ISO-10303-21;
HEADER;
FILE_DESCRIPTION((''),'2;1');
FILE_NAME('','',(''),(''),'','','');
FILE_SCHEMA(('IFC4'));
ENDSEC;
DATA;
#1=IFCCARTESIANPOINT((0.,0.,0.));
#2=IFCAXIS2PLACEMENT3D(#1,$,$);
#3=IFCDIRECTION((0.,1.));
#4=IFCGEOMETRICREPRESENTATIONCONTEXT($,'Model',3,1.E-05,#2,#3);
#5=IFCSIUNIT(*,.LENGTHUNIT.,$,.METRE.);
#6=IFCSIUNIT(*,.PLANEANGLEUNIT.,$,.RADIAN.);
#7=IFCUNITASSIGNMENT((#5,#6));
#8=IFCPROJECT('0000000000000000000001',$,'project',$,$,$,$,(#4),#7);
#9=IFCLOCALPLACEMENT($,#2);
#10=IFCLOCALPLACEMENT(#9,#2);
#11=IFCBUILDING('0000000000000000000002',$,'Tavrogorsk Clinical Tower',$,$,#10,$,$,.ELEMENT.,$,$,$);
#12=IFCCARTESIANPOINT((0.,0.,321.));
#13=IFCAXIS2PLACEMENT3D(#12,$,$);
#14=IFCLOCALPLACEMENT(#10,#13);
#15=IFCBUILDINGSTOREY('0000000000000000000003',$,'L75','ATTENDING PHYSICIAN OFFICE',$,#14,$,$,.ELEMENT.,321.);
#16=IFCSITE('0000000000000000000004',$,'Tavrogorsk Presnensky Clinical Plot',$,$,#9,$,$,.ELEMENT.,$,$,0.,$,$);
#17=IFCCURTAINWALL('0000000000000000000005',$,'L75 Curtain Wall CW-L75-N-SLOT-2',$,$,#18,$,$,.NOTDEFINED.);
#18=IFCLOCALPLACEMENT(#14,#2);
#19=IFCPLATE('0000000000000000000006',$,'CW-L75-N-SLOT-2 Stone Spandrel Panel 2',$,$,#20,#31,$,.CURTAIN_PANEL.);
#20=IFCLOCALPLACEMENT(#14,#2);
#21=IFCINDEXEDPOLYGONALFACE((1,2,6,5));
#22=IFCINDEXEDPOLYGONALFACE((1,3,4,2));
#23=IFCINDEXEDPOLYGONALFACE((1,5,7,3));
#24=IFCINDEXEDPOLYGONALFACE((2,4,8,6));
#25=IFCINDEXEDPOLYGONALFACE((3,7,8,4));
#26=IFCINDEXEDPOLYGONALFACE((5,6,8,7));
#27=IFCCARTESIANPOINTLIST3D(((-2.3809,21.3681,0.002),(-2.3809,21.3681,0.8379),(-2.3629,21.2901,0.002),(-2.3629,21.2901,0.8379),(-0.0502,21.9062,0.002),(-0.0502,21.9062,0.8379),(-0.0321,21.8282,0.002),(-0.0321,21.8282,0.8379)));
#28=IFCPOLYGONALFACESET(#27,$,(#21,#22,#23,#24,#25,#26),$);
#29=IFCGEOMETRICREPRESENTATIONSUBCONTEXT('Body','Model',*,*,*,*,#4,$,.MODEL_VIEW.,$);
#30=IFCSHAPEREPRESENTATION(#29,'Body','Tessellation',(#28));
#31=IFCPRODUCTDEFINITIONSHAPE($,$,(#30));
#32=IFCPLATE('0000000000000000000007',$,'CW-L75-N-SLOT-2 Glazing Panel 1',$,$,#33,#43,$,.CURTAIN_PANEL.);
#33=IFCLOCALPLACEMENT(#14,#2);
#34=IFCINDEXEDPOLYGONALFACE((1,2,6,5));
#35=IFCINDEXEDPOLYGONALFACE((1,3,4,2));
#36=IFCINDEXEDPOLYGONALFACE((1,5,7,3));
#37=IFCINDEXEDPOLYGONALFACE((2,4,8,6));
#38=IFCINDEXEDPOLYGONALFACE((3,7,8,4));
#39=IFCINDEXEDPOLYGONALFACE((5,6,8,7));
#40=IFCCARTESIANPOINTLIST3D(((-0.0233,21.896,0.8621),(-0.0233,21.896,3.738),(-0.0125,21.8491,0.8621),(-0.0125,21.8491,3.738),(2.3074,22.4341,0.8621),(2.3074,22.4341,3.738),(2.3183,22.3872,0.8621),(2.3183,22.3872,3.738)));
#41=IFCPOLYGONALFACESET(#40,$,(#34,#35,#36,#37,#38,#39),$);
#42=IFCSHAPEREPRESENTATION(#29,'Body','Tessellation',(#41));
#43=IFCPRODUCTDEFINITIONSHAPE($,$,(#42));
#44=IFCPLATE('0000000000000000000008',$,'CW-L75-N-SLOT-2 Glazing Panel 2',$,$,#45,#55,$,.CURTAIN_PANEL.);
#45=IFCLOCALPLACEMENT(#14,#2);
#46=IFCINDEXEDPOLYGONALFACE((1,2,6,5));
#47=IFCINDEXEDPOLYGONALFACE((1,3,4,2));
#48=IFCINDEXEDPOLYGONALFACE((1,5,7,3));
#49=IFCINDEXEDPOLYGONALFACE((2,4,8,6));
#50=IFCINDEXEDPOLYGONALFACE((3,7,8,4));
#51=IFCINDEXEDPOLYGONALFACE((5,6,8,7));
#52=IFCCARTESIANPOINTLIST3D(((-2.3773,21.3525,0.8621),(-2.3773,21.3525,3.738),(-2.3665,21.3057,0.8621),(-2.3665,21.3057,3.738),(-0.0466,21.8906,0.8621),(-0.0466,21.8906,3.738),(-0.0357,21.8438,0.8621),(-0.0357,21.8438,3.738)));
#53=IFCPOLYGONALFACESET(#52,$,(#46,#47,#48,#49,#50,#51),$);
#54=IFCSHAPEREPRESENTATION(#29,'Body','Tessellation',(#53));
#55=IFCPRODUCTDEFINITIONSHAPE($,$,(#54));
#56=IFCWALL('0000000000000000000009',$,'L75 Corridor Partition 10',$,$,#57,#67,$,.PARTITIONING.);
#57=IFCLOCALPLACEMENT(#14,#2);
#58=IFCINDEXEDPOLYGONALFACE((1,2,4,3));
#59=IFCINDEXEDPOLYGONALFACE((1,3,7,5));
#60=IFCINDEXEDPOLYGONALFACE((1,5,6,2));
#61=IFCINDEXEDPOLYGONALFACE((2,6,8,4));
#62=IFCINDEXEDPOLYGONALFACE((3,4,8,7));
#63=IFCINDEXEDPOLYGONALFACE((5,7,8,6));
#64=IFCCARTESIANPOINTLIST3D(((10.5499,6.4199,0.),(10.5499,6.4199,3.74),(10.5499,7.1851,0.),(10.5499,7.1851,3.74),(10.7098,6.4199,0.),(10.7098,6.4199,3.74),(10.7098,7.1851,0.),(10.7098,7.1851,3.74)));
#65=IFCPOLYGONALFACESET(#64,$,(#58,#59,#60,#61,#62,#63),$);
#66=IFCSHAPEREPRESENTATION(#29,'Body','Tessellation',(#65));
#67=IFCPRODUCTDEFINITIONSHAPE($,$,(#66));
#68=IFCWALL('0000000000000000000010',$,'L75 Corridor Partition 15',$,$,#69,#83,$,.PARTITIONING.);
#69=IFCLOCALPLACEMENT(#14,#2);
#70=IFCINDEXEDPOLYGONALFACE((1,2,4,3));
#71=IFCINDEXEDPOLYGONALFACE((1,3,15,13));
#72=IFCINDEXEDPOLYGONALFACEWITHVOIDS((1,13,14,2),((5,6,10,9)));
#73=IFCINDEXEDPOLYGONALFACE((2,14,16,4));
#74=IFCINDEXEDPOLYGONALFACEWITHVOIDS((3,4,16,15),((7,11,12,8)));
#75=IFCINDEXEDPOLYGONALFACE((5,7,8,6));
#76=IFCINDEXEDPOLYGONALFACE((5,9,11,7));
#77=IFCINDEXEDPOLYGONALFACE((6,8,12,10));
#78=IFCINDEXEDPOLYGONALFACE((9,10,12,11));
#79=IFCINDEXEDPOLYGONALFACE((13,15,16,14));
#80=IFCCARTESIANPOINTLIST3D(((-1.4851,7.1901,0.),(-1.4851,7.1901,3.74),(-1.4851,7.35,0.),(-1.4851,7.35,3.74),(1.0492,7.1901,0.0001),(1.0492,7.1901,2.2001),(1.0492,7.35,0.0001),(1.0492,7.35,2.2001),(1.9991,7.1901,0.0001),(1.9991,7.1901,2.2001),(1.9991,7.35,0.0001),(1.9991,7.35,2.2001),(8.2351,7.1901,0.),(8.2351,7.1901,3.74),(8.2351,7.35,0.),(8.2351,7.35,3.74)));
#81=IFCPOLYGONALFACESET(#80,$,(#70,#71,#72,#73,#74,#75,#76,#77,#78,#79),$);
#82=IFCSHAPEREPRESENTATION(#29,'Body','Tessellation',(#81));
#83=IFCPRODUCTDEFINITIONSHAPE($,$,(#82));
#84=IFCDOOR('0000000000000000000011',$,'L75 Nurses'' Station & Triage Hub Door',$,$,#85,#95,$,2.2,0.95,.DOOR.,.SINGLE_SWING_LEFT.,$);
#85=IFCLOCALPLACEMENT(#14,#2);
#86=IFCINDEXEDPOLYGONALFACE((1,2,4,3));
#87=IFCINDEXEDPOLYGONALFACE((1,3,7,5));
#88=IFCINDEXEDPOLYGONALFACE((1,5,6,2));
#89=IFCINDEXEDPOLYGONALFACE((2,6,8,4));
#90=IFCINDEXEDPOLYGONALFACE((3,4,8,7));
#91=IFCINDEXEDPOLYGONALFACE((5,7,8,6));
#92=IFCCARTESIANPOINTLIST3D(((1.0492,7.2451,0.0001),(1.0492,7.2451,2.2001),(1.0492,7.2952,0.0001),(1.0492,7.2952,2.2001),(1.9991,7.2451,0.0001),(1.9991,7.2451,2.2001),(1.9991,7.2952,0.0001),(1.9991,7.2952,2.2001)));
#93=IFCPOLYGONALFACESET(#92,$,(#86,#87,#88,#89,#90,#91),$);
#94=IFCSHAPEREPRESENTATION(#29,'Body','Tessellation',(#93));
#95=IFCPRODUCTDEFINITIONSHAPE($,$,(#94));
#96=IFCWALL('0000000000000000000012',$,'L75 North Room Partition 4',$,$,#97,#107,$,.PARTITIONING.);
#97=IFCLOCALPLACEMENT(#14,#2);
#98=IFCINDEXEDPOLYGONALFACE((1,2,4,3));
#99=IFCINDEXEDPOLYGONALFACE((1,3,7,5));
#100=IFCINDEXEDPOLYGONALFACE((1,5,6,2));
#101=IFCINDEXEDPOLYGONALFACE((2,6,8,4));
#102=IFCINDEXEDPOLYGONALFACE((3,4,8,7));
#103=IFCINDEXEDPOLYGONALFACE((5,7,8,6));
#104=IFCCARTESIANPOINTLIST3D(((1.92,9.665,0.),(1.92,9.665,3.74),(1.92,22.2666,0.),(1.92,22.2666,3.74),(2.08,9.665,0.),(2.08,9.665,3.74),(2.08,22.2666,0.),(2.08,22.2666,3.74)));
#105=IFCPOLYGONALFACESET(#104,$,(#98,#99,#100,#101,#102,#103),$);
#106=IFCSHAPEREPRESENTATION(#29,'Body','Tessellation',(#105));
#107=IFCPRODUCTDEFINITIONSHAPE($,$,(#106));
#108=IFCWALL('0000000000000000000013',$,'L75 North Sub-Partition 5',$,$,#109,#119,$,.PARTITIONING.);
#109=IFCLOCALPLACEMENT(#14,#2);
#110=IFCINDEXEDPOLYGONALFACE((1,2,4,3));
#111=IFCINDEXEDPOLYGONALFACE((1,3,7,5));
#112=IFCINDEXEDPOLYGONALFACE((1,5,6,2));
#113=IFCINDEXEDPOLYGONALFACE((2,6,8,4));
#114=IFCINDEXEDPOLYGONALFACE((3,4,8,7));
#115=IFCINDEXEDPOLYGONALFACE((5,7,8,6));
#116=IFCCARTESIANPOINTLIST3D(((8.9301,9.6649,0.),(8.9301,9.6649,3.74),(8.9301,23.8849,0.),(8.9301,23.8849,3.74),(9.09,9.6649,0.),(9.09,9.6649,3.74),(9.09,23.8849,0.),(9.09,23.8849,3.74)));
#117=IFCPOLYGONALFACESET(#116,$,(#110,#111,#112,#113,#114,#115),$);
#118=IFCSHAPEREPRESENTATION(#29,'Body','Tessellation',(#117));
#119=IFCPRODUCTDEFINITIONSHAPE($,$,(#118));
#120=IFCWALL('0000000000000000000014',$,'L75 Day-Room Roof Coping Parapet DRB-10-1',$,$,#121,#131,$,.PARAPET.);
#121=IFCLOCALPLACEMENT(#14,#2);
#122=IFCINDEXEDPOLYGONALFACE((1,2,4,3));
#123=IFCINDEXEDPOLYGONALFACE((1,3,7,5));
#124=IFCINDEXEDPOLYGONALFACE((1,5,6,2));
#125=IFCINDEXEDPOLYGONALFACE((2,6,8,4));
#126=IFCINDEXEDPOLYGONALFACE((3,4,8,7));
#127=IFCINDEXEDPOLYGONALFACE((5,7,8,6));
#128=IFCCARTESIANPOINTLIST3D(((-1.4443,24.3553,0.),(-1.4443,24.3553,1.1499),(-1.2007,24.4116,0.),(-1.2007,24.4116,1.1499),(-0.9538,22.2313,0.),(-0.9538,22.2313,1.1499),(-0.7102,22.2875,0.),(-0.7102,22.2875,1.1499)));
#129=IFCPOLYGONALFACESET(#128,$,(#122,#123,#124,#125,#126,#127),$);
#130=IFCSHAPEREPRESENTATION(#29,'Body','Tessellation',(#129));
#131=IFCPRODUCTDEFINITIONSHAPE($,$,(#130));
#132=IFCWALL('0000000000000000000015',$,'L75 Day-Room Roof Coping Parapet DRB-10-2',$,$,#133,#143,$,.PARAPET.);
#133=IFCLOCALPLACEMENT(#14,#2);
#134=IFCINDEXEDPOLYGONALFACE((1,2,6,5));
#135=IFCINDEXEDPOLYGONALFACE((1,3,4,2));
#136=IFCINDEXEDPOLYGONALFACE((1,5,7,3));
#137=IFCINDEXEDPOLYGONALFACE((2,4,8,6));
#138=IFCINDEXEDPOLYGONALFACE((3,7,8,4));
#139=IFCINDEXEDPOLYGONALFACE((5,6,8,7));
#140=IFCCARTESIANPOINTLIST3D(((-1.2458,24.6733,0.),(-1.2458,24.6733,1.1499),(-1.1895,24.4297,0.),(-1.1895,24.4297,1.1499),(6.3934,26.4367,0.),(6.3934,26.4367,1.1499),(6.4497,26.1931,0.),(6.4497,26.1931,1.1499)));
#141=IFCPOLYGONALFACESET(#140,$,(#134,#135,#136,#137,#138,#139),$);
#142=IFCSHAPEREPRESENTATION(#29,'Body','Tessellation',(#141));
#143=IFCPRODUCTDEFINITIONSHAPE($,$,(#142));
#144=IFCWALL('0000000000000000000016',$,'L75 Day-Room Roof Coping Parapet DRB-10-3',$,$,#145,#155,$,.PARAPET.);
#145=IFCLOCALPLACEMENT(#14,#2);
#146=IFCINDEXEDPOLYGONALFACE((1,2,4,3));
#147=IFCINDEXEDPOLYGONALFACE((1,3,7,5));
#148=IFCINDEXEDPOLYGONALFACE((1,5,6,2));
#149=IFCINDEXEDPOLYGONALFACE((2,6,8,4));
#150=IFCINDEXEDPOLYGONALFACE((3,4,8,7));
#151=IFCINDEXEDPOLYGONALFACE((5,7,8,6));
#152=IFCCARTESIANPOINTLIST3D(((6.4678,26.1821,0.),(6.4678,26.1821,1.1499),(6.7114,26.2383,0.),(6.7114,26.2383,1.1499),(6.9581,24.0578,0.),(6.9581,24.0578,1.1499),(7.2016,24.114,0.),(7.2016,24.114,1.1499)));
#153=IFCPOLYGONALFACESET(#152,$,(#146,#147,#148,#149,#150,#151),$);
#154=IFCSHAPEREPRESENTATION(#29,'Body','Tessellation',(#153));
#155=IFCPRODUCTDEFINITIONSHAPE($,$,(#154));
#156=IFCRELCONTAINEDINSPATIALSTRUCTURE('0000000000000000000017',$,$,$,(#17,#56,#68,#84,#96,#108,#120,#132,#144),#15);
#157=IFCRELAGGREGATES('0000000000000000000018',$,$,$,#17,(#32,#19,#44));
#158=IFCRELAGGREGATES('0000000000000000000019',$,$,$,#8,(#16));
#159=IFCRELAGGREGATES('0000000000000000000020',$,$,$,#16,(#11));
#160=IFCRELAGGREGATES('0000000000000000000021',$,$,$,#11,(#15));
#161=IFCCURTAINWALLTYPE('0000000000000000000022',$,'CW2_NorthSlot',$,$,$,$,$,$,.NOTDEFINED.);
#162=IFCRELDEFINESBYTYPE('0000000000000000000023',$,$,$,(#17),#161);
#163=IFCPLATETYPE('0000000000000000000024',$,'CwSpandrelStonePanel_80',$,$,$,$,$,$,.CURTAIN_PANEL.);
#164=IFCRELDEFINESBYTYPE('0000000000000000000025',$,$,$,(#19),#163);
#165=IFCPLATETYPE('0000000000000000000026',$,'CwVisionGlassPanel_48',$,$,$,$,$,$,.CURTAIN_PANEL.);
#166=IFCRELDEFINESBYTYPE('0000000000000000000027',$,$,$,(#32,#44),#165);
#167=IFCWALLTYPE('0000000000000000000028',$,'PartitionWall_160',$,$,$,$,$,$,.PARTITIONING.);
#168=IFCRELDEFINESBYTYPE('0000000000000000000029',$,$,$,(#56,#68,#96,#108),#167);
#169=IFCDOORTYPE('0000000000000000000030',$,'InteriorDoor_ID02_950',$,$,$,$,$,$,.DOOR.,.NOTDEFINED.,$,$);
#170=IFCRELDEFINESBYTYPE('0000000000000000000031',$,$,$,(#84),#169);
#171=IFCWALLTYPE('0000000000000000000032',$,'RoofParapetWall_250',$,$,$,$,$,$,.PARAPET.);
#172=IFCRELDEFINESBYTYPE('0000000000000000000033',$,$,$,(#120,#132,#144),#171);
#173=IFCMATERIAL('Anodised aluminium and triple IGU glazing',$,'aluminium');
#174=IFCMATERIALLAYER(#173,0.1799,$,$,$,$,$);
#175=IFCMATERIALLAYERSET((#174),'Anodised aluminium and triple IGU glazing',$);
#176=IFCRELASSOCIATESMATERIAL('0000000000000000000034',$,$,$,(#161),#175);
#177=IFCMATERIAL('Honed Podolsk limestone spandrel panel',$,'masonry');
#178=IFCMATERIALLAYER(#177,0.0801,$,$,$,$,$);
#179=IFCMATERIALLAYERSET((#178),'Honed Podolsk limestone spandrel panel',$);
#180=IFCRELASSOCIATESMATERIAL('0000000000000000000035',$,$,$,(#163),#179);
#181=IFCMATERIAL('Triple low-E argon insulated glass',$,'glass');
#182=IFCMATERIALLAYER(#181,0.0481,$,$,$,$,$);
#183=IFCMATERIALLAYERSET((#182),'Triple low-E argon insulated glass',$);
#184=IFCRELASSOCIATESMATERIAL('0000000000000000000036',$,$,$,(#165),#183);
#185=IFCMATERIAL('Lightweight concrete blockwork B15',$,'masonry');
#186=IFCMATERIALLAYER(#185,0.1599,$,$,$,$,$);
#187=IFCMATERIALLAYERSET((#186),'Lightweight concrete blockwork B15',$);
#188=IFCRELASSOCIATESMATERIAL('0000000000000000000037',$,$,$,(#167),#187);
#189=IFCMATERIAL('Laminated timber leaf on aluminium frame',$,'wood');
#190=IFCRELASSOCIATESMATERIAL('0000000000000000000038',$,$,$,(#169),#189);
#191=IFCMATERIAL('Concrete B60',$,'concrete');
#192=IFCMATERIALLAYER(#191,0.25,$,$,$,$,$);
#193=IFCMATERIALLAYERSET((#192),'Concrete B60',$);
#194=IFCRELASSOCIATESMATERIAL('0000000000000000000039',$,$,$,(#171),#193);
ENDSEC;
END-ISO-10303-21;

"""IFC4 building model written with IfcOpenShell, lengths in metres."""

from ifc_helpers import new_model, si_unit, direction, frame, frame_2d, origin, origin_2d, place, context, subcontext, project, spatial, rectangle, extrude, material, layer, layer_set, type_object, element, fill, aggregate, save


model = new_model("IFC4")

# Units and contexts
model_context = context("Model", 3, precision=1e-05, world=origin(), true_north=direction((0.0, 1.0)))
body_context = subcontext(model_context, "Body", "Model", "MODEL_VIEW")
ifc_project = project(units=[si_unit("LENGTHUNIT", "METRE"), si_unit("PLANEANGLEUNIT", "RADIAN")], contexts=[model_context])

# Site, building, storey
site_placement = place(None, origin())
site = spatial("IfcSite", under=ifc_project, at=site_placement, Name="Tavrogorsk Presnensky Clinical Plot", CompositionType="ELEMENT", RefElevation=0.0)
building_placement = place(site_placement, origin())
building = spatial("IfcBuilding", under=site, at=building_placement, Name="Tavrogorsk Clinical Tower", CompositionType="ELEMENT")
storey_placement = place(building_placement, frame((0.0, 0.0, 321.0)))
storey = spatial("IfcBuildingStorey", under=building, at=storey_placement, Name="L75", Description="ATTENDING PHYSICIAN OFFICE", CompositionType="ELEMENT", Elevation=321.0)

# Curtain wall
ifc_material_1 = material(Name="Anodised aluminium and triple IGU glazing", Category="aluminium")
ifc_layer_1 = layer(ifc_material_1, 0.1799)
ifc_layer_set_1 = layer_set([ifc_layer_1], Name="Anodised aluminium and triple IGU glazing")
curtain_wall_type = type_object("IfcCurtainWallType", Name="CW2_NorthSlot", PredefinedType="NOTDEFINED", material=ifc_layer_set_1)
curtain_wall_placement = place(storey_placement, origin())
curtain_wall = element("IfcCurtainWall", 1, at=curtain_wall_placement, inside=storey, type_object=curtain_wall_type, Name="L75 Curtain Wall CW-L75-N-SLOT-2", PredefinedType="NOTDEFINED")

# Plates
ifc_material_2 = material(Name="Honed Podolsk limestone spandrel panel", Category="masonry")
ifc_layer_2 = layer(ifc_material_2, 0.0801)
ifc_layer_set_2 = layer_set([ifc_layer_2], Name="Honed Podolsk limestone spandrel panel")
plate_type_1 = type_object("IfcPlateType", Name="CwSpandrelStonePanel_80", PredefinedType="CURTAIN_PANEL", material=ifc_layer_set_2)
plate_1_placement = place(storey_placement, frame((-1.2065, 21.5981, 0.002), z_axis=(0.0, 0.0, 1.0), x_axis=(-0.97437, -0.224951, 0.0)))
plate_1 = element("IfcPlate", 2, at=plate_1_placement, type_object=plate_type_1, Name="CW-L75-N-SLOT-2 Stone Spandrel Panel 2", PredefinedType="CURTAIN_PANEL", context=body_context, shape_type="SweptSolid", body=[
    extrude(rectangle(XDim=2.3921, YDim=0.0801, at=origin_2d()), origin(), (0.0, 0.0, 1.0), 0.8359),
])
ifc_material_3 = material(Name="Triple low-E argon insulated glass", Category="glass")
ifc_layer_3 = layer(ifc_material_3, 0.0481)
ifc_layer_set_3 = layer_set([ifc_layer_3], Name="Triple low-E argon insulated glass")
plate_type_2 = type_object("IfcPlateType", Name="CwVisionGlassPanel_48", PredefinedType="CURTAIN_PANEL", material=ifc_layer_set_3)
plate_2_placement = place(storey_placement, frame((1.1475, 22.1416, 0.8621), z_axis=(0.0, 0.0, 1.0), x_axis=(-0.97437, -0.224951, 0.0)))
plate_2 = element("IfcPlate", 3, at=plate_2_placement, type_object=plate_type_2, Name="CW-L75-N-SLOT-2 Glazing Panel 1", PredefinedType="CURTAIN_PANEL", context=body_context, shape_type="SweptSolid", body=[
    extrude(rectangle(XDim=2.3921, YDim=0.0481, at=origin_2d()), origin(), (0.0, 0.0, 1.0), 2.876),
])
plate_3_placement = place(storey_placement, frame((-1.2065, 21.5981, 0.8621), z_axis=(0.0, 0.0, 1.0), x_axis=(-0.97437, -0.224951, 0.0)))
plate_3 = element("IfcPlate", 4, at=plate_3_placement, type_object=plate_type_2, Name="CW-L75-N-SLOT-2 Glazing Panel 2", PredefinedType="CURTAIN_PANEL", context=body_context, shape_type="SweptSolid", body=[
    extrude(rectangle(XDim=2.3921, YDim=0.0481, at=origin_2d()), origin(), (0.0, 0.0, 1.0), 2.876),
])
aggregate(curtain_wall, [plate_2, plate_1, plate_3])

# Wall
ifc_material_4 = material(Name="Lightweight concrete blockwork B15", Category="masonry")
ifc_layer_4 = layer(ifc_material_4, 0.1599)
ifc_layer_set_4 = layer_set([ifc_layer_4], Name="Lightweight concrete blockwork B15")
wall_type_1 = type_object("IfcWallType", Name="PartitionWall_160", PredefinedType="PARTITIONING", material=ifc_layer_set_4)
wall_1_placement = place(storey_placement, frame((10.6299, 7.1851, 0.0), z_axis=(0.0, 0.0, 1.0), x_axis=(0.0, -1.0, 0.0)))
element("IfcWall", 5, at=wall_1_placement, inside=storey, type_object=wall_type_1, Name="L75 Corridor Partition 10", PredefinedType="PARTITIONING", context=body_context, shape_type="SweptSolid", body=[
    extrude(rectangle(XDim=0.7651, YDim=0.1599, at=frame_2d((0.3826, 0.0))), origin(), (0.0, 0.0, 1.0), 3.74),
])

# Wall, opening, door
wall_2_placement = place(storey_placement, frame((8.2351, 7.27, 0.0), z_axis=(0.0, 0.0, 1.0), x_axis=(-1.0, 0.0, 0.0)))
wall_2 = element("IfcWall", 6, at=wall_2_placement, inside=storey, type_object=wall_type_1, Name="L75 Corridor Partition 15", PredefinedType="PARTITIONING", context=body_context, shape_type="SweptSolid", body=[
    extrude(rectangle(XDim=9.7202, YDim=0.1599, at=frame_2d((4.8601, 0.0))), origin(), (0.0, 0.0, 1.0), 3.74),
])
opening_placement = place(wall_2_placement, frame((6.2358, 0.0, 0.0)))
opening = element("IfcOpeningElement", 7, at=opening_placement, cuts=wall_2, PredefinedType="OPENING", context=body_context, shape_type="SweptSolid", body=[
    extrude(rectangle(XDim=0.95, YDim=2.2, at=frame_2d((0.4751, 1.1001))), frame((0.0, 0.0898, 0.0), z_axis=(0.0, -1.0, 0.0), x_axis=(1.0, 0.0, 0.0)), (0.0, 0.0, 1.0), 0.1799),
])
ifc_material_5 = material(Name="Laminated timber leaf on aluminium frame", Category="wood")
door_type = type_object("IfcDoorType", Name="InteriorDoor_ID02_950", OperationType="NOTDEFINED", PredefinedType="DOOR", material=ifc_material_5)
door_placement = place(opening_placement, origin())
door = element("IfcDoor", 8, at=door_placement, inside=storey, type_object=door_type, Name="L75 Nurses' Station & Triage Hub Door", OperationType="SINGLE_SWING_LEFT", OverallHeight=2.2, OverallWidth=0.95, PredefinedType="DOOR", context=body_context, shape_type="SweptSolid", body=[
    extrude(rectangle(XDim=0.95, YDim=2.2, at=frame_2d((0.4751, 1.1001))), frame((0.0, 0.0249, 0.0), z_axis=(0.0, -1.0, 0.0), x_axis=(1.0, 0.0, 0.0)), (0.0, 0.0, 1.0), 0.05),
])
fill(opening, door)

# Walls
wall_3_placement = place(storey_placement, frame((2.0, 9.665, 0.0), z_axis=(0.0, 0.0, 1.0), x_axis=(0.0, 1.0, 0.0)))
element("IfcWall", 9, at=wall_3_placement, inside=storey, type_object=wall_type_1, Name="L75 North Room Partition 4", PredefinedType="PARTITIONING", context=body_context, shape_type="SweptSolid", body=[
    extrude(rectangle(XDim=12.6016, YDim=0.1599, at=frame_2d((6.3008, 0.0))), origin(), (0.0, 0.0, 1.0), 3.74),
])
wall_4_placement = place(storey_placement, frame((9.01, 9.665, 0.0), z_axis=(0.0, 0.0, 1.0), x_axis=(0.0, 1.0, 0.0)))
element("IfcWall", 10, at=wall_4_placement, inside=storey, type_object=wall_type_1, Name="L75 North Sub-Partition 5", PredefinedType="PARTITIONING", context=body_context, shape_type="SweptSolid", body=[
    extrude(rectangle(XDim=14.22, YDim=0.1599, at=frame_2d((7.1099, 0.0))), origin(), (0.0, 0.0, 1.0), 3.74),
])
ifc_material_6 = material(Name="Concrete B60", Category="concrete")
ifc_layer_5 = layer(ifc_material_6, 0.25)
ifc_layer_set_5 = layer_set([ifc_layer_5], Name="Concrete B60")
wall_type_2 = type_object("IfcWallType", Name="RoofParapetWall_250", PredefinedType="PARAPET", material=ifc_layer_set_5)
wall_5_placement = place(storey_placement, frame((-0.832, 22.2595, 0.0), z_axis=(0.0, 0.0, 1.0), x_axis=(-0.224999, 0.974359, 0.0)))
element("IfcWall", 11, at=wall_5_placement, inside=storey, type_object=wall_type_2, Name="L75 Day-Room Roof Coping Parapet DRB-10-1", PredefinedType="PARAPET", context=body_context, shape_type="SweptSolid", body=[
    extrude(rectangle(XDim=2.1799, YDim=0.25, at=frame_2d((1.0898, 0.0))), origin(), (0.0, 0.0, 1.0), 1.1499),
])
wall_6_placement = place(storey_placement, frame((-1.2175, 24.5515, 0.0), z_axis=(0.0, 0.0, 1.0), x_axis=(0.974376, 0.224925, 0.0)))
element("IfcWall", 12, at=wall_6_placement, inside=storey, type_object=wall_type_2, Name="L75 Day-Room Roof Coping Parapet DRB-10-2", PredefinedType="PARAPET", context=body_context, shape_type="SweptSolid", body=[
    extrude(rectangle(XDim=7.8401, YDim=0.25, at=frame_2d((3.9199, 0.0))), origin(), (0.0, 0.0, 1.0), 1.1499),
])
wall_7_placement = place(storey_placement, frame((6.5896, 26.2102, 0.0), z_axis=(0.0, 0.0, 1.0), x_axis=(0.224868, -0.974389, 0.0)))
element("IfcWall", 13, at=wall_7_placement, inside=storey, type_object=wall_type_2, Name="L75 Day-Room Roof Coping Parapet DRB-10-3", PredefinedType="PARAPET", context=body_context, shape_type="SweptSolid", body=[
    extrude(rectangle(XDim=2.1802, YDim=0.25, at=frame_2d((1.0901, 0.0))), origin(), (0.0, 0.0, 1.0), 1.1499),
])

save(model, "model.ifc")
